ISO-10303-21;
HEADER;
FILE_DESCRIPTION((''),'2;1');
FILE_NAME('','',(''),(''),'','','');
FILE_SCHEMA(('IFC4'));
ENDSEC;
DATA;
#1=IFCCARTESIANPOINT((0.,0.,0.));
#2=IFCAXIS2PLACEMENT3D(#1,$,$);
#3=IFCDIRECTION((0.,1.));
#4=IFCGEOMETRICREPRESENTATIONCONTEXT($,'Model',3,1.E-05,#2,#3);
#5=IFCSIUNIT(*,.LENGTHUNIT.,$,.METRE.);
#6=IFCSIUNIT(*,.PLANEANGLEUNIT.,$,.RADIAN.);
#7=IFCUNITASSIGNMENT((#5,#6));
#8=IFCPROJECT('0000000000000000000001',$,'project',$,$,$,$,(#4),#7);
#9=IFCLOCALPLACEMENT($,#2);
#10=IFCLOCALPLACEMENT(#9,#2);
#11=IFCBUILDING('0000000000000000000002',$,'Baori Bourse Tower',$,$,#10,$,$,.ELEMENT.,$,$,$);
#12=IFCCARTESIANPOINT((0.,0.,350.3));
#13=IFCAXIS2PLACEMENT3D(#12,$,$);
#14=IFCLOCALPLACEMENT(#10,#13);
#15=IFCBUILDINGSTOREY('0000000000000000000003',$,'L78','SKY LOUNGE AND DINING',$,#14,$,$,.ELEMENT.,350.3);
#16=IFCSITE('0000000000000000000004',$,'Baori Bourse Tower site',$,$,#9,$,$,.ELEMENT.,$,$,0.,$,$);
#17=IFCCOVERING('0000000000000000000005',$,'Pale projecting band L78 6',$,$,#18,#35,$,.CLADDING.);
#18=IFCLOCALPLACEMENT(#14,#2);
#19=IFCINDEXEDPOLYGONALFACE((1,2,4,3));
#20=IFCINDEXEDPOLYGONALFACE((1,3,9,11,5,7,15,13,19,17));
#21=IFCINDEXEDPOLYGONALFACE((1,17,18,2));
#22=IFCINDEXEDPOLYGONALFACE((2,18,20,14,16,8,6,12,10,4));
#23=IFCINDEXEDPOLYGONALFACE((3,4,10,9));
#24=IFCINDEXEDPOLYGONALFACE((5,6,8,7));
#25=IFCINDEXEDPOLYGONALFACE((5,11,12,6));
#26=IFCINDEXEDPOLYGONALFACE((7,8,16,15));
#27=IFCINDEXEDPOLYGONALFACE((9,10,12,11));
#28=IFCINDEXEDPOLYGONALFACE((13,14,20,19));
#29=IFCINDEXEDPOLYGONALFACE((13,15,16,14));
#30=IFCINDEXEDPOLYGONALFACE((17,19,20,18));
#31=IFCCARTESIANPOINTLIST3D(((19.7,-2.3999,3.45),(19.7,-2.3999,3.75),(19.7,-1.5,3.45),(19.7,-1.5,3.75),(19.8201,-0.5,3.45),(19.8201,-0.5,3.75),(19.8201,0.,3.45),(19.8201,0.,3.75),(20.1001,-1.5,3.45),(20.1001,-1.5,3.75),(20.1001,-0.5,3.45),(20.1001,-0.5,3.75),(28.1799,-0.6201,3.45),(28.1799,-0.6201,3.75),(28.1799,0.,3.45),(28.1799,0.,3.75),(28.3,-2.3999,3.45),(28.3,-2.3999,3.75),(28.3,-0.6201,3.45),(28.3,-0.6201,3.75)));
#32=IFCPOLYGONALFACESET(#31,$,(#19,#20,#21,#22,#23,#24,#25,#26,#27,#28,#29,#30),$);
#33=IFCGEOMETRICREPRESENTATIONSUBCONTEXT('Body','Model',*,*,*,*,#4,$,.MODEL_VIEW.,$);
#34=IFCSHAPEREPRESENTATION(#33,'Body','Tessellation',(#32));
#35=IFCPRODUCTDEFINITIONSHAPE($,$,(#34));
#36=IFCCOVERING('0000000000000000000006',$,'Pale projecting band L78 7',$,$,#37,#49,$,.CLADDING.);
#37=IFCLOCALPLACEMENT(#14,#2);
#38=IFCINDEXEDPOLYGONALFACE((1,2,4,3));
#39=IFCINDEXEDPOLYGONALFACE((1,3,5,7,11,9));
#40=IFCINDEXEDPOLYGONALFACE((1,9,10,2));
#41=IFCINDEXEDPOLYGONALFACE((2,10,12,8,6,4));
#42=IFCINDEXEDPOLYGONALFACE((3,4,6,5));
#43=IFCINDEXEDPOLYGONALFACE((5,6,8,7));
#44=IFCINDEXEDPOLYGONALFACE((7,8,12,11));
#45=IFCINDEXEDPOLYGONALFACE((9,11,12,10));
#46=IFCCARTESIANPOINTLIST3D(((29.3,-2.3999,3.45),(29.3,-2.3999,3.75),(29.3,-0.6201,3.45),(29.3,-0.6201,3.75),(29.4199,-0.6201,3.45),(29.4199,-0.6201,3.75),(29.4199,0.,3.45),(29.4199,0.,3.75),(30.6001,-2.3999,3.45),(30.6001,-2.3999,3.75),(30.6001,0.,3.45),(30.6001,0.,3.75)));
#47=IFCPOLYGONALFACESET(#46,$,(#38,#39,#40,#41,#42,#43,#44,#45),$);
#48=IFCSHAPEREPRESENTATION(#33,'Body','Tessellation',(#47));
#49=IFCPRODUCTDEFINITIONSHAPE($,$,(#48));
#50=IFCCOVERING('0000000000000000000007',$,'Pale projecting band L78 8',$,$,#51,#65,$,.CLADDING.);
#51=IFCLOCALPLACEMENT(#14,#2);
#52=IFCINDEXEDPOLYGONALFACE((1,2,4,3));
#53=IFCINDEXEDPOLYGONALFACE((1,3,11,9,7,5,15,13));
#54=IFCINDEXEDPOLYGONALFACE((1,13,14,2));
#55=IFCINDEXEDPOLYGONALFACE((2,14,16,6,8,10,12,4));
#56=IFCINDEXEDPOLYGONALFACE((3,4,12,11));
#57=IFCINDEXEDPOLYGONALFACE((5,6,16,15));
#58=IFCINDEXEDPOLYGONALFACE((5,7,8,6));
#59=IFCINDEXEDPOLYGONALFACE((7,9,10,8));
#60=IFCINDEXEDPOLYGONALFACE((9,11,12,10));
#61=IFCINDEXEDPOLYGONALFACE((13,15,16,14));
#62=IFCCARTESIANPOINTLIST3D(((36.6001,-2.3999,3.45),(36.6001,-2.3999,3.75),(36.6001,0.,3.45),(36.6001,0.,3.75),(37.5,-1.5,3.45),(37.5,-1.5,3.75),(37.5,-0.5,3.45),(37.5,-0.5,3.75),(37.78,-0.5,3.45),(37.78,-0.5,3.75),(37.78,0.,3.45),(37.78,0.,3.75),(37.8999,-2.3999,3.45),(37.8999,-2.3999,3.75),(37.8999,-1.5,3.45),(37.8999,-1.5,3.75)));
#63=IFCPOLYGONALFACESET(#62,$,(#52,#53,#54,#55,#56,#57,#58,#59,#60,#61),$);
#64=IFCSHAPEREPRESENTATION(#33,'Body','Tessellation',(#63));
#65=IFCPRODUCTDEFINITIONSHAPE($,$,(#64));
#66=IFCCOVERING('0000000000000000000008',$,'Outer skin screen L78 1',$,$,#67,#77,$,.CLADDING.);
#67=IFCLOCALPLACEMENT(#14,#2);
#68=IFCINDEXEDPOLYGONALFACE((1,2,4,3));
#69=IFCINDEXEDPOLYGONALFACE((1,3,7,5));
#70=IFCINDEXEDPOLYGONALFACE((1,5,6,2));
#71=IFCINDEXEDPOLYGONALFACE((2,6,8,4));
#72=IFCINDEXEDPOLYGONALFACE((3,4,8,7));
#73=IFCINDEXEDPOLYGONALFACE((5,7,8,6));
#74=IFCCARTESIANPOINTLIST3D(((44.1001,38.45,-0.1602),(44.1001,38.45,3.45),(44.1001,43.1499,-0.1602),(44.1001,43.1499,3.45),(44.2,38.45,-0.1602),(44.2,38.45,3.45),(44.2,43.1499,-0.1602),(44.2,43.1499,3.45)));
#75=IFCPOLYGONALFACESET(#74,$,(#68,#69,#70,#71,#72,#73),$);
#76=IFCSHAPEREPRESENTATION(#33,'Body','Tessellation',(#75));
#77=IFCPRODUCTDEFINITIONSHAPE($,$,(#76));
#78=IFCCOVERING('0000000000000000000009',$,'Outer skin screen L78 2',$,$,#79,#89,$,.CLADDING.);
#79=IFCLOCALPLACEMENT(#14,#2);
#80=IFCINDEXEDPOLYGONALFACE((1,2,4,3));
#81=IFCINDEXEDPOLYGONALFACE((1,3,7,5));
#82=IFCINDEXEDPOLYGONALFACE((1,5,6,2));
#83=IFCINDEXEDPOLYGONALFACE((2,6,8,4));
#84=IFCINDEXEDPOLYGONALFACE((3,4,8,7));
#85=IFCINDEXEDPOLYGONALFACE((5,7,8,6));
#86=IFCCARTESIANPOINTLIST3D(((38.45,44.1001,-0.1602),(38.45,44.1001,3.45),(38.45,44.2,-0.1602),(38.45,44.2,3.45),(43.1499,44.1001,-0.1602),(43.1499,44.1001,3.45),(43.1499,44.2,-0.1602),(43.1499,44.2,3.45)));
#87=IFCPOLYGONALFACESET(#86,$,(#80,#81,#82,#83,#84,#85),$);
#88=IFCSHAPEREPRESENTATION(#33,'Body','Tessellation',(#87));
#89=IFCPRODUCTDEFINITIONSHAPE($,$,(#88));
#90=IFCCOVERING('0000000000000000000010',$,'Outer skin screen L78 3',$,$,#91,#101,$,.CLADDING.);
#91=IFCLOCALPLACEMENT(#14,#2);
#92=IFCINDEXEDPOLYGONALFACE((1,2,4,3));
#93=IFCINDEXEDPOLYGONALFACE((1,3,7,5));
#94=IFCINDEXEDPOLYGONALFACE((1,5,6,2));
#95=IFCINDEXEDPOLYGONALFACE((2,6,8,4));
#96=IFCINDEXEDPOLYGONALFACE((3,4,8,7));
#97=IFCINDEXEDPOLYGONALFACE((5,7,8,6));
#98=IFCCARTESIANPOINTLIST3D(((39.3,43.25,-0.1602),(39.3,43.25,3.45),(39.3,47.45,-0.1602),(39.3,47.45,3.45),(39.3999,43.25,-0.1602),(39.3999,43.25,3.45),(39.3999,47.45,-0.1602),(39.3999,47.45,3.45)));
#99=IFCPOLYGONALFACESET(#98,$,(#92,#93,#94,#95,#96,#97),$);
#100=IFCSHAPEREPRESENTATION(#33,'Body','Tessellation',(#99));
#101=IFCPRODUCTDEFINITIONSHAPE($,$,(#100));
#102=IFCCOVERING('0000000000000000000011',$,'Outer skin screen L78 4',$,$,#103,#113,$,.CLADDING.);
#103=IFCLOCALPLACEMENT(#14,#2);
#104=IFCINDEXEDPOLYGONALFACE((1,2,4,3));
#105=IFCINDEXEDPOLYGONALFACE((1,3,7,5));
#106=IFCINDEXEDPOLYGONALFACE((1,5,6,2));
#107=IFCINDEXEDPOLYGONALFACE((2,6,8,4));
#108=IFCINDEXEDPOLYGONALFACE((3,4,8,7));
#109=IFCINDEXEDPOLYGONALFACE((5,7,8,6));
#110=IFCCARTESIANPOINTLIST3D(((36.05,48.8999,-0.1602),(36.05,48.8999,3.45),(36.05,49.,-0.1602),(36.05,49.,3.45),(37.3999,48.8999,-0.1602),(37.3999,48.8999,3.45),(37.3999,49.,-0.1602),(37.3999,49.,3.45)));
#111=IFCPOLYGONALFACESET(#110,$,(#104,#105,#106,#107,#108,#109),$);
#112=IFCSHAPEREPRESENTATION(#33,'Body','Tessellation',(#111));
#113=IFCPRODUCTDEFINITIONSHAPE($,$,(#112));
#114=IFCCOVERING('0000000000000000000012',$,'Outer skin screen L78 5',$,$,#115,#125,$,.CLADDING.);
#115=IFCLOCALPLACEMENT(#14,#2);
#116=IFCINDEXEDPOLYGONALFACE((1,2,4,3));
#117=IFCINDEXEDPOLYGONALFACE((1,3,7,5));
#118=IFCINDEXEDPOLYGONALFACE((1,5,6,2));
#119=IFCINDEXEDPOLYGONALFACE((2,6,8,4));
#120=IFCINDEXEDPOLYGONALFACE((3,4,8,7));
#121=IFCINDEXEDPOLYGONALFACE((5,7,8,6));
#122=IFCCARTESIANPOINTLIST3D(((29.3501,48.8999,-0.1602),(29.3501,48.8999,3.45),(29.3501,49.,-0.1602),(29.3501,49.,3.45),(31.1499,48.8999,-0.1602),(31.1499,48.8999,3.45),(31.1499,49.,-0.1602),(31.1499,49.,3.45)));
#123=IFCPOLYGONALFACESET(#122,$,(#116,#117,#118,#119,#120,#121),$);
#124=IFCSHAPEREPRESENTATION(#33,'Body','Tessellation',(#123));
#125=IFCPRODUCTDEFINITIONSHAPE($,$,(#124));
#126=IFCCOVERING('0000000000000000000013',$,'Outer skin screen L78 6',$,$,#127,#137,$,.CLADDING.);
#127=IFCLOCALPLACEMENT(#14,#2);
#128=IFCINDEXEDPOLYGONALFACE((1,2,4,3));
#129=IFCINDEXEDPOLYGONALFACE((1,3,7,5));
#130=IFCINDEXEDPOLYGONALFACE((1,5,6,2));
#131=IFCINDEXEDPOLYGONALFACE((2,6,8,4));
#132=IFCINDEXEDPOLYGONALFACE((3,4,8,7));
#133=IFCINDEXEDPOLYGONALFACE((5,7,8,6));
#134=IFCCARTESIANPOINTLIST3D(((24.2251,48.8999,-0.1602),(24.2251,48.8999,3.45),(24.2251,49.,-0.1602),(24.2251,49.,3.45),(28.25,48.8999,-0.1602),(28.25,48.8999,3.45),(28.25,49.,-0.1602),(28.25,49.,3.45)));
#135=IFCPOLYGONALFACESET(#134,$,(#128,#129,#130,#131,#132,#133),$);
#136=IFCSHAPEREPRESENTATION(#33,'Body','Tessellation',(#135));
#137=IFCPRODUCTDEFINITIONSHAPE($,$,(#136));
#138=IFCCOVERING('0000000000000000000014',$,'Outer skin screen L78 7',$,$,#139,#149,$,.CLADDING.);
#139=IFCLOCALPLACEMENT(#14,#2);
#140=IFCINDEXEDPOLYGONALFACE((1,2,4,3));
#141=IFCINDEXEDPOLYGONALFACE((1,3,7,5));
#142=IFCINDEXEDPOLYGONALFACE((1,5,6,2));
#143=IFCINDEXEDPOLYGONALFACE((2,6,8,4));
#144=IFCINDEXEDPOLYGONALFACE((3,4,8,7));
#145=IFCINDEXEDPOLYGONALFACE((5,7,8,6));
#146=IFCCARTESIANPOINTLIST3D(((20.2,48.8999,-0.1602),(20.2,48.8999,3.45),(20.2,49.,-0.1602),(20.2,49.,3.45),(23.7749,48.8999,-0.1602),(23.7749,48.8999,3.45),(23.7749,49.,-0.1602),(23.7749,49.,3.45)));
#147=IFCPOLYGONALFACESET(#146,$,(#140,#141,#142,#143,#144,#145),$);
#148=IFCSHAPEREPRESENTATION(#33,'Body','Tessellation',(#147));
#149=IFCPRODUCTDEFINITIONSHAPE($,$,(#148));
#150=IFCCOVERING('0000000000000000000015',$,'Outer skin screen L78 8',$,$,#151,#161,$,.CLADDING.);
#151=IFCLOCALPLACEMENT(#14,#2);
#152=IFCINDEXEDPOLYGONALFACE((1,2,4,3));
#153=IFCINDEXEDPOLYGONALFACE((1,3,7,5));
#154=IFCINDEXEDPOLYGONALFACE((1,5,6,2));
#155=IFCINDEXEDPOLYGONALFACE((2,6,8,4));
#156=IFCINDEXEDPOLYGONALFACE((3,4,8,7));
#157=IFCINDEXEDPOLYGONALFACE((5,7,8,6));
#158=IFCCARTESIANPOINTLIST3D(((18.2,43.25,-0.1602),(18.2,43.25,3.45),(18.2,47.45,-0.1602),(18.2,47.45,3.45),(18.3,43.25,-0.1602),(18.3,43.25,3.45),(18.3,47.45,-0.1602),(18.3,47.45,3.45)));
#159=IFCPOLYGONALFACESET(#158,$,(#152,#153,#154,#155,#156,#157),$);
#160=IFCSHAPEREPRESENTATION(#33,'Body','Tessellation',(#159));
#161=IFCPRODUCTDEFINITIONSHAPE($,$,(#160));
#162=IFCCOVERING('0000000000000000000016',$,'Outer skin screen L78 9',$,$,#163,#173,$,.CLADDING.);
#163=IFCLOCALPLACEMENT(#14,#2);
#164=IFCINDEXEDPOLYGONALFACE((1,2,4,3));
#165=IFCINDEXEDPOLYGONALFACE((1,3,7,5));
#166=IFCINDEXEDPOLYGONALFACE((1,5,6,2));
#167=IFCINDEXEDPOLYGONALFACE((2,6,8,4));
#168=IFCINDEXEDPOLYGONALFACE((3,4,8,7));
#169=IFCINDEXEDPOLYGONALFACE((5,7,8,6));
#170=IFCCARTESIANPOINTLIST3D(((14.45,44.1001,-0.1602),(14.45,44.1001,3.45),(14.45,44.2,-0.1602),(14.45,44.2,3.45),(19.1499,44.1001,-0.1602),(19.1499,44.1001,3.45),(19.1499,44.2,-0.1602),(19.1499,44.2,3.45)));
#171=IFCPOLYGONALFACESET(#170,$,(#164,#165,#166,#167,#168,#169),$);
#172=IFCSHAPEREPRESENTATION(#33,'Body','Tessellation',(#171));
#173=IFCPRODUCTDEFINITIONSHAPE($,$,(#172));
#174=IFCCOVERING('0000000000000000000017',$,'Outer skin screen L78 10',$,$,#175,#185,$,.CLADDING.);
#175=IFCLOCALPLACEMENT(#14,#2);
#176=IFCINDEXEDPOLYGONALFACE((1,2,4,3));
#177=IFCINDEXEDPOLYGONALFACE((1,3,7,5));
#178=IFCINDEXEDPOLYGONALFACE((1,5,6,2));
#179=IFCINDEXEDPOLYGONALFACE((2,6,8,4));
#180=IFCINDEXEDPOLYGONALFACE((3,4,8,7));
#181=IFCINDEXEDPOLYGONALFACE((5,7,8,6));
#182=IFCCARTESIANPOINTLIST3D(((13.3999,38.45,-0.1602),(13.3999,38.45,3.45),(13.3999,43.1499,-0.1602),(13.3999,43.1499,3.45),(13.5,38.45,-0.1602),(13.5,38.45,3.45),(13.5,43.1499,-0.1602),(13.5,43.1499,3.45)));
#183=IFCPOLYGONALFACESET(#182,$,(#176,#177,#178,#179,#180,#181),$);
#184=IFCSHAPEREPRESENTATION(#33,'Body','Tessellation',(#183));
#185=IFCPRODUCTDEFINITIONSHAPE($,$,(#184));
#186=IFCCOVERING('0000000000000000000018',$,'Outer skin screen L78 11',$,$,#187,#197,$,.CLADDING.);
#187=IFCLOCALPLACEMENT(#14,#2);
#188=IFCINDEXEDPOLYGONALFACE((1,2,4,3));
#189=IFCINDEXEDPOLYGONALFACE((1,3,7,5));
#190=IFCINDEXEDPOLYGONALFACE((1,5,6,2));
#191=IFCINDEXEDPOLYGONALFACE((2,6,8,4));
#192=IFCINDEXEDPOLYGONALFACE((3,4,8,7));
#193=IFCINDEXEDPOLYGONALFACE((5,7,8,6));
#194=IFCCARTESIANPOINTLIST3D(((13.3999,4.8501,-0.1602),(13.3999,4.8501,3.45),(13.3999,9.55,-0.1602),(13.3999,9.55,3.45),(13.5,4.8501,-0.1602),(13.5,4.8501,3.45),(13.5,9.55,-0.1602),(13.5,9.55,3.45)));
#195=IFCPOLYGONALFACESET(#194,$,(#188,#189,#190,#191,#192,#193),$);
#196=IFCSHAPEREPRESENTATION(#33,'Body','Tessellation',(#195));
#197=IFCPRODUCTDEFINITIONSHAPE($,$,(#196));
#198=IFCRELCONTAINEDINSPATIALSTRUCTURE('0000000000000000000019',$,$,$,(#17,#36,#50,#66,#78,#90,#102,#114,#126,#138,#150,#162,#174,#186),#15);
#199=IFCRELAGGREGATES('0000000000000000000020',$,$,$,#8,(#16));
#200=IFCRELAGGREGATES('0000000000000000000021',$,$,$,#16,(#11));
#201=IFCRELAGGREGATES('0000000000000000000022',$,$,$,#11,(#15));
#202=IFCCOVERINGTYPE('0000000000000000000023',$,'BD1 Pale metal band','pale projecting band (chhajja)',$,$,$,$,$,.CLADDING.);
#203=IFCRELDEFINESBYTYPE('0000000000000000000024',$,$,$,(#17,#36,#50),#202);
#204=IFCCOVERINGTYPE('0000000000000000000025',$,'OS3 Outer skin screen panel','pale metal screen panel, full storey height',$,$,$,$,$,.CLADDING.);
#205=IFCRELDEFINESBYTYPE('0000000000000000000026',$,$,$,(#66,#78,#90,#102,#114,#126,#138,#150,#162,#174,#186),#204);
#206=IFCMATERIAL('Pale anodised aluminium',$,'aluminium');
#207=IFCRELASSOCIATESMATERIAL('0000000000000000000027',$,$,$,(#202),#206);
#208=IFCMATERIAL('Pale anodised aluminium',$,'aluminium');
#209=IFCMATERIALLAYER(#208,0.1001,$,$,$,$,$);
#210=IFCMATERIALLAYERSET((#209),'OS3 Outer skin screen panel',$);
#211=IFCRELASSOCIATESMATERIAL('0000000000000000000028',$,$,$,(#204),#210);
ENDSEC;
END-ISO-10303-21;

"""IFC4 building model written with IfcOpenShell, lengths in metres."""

from ifc_helpers import new_model, si_unit, direction, frame, origin, place, context, subcontext, project, spatial, polyline, outline, extrude, material, layer, layer_set, type_object, element, save


model = new_model("IFC4")

# Units and contexts
model_context = context("Model", 3, precision=1e-05, world=origin(), true_north=direction((0.0, 1.0)))
body_context = subcontext(model_context, "Body", "Model", "MODEL_VIEW")
ifc_project = project(units=[si_unit("LENGTHUNIT", "METRE"), si_unit("PLANEANGLEUNIT", "RADIAN")], contexts=[model_context])

# Site, building, storey
site_placement = place(None, origin())
site = spatial("IfcSite", under=ifc_project, at=site_placement, Name="Baori Bourse Tower site", CompositionType="ELEMENT", RefElevation=0.0)
building_placement = place(site_placement, origin())
building = spatial("IfcBuilding", under=site, at=building_placement, Name="Baori Bourse Tower", CompositionType="ELEMENT")
storey_placement = place(building_placement, frame((0.0, 0.0, 350.3)))
storey = spatial("IfcBuildingStorey", under=building, at=storey_placement, Name="L78", Description="SKY LOUNGE AND DINING", CompositionType="ELEMENT", Elevation=350.3)

# Coverings
ifc_material_1 = material(Name="Pale anodised aluminium", Category="aluminium")
covering_type_1 = type_object("IfcCoveringType", Name="BD1 Pale metal band", Description="pale projecting band (chhajja)", PredefinedType="CLADDING", material=ifc_material_1)
covering_1_placement = place(storey_placement, frame((0.0, 0.0, 3.45)))
element("IfcCovering", 1, at=covering_1_placement, inside=storey, type_object=covering_type_1, Name="Pale projecting band L78 6", PredefinedType="CLADDING", context=body_context, shape_type="SweptSolid", body=[
    extrude(outline(polyline([(28.1799, 0.0), (19.8201, 0.0), (19.8201, -0.5), (20.1001, -0.5), (20.1001, -1.5), (19.7, -1.5), (19.7, -2.3999), (28.3, -2.3999), (28.3, -0.6201), (28.1799, -0.6201), (28.1799, 0.0)])), origin(), (0.0, 0.0, 1.0), 0.3),
])
covering_2_placement = place(storey_placement, frame((0.0, 0.0, 3.45)))
element("IfcCovering", 2, at=covering_2_placement, inside=storey, type_object=covering_type_1, Name="Pale projecting band L78 7", PredefinedType="CLADDING", context=body_context, shape_type="SweptSolid", body=[
    extrude(outline(polyline([(30.6001, 0.0), (29.4199, 0.0), (29.4199, -0.6201), (29.3, -0.6201), (29.3, -2.3999), (30.6001, -2.3999), (30.6001, 0.0)])), origin(), (0.0, 0.0, 1.0), 0.3),
])
covering_3_placement = place(storey_placement, frame((0.0, 0.0, 3.45)))
element("IfcCovering", 3, at=covering_3_placement, inside=storey, type_object=covering_type_1, Name="Pale projecting band L78 8", PredefinedType="CLADDING", context=body_context, shape_type="SweptSolid", body=[
    extrude(outline(polyline([(37.78, 0.0), (36.6001, 0.0), (36.6001, -2.3999), (37.8999, -2.3999), (37.8999, -1.5), (37.5, -1.5), (37.5, -0.5), (37.78, -0.5), (37.78, 0.0)])), origin(), (0.0, 0.0, 1.0), 0.3),
])
ifc_material_2 = material(Name="Pale anodised aluminium", Category="aluminium")
ifc_layer_1 = layer(ifc_material_2, 0.1001)
ifc_layer_set_1 = layer_set([ifc_layer_1], Name="OS3 Outer skin screen panel")
covering_type_2 = type_object("IfcCoveringType", Name="OS3 Outer skin screen panel", Description="pale metal screen panel, full storey height", PredefinedType="CLADDING", material=ifc_layer_set_1)
covering_4_placement = place(storey_placement, frame((0.0, 0.0, -0.1602)))
element("IfcCovering", 4, at=covering_4_placement, inside=storey, type_object=covering_type_2, Name="Outer skin screen L78 1", PredefinedType="CLADDING", context=body_context, shape_type="SweptSolid", body=[
    extrude(outline(polyline([(44.1001, 43.1499), (44.1001, 38.45), (44.2, 38.45), (44.2, 43.1499), (44.1001, 43.1499)])), origin(), (0.0, 0.0, 1.0), 3.6101),
])
covering_5_placement = place(storey_placement, frame((0.0, 0.0, -0.1602)))
element("IfcCovering", 5, at=covering_5_placement, inside=storey, type_object=covering_type_2, Name="Outer skin screen L78 2", PredefinedType="CLADDING", context=body_context, shape_type="SweptSolid", body=[
    extrude(outline(polyline([(38.45, 44.1001), (43.1499, 44.1001), (43.1499, 44.2), (38.45, 44.2), (38.45, 44.1001)])), origin(), (0.0, 0.0, 1.0), 3.6101),
])
covering_6_placement = place(storey_placement, frame((0.0, 0.0, -0.1602)))
element("IfcCovering", 6, at=covering_6_placement, inside=storey, type_object=covering_type_2, Name="Outer skin screen L78 3", PredefinedType="CLADDING", context=body_context, shape_type="SweptSolid", body=[
    extrude(outline(polyline([(39.3, 47.45), (39.3, 43.25), (39.3999, 43.25), (39.3999, 47.45), (39.3, 47.45)])), origin(), (0.0, 0.0, 1.0), 3.6101),
])
covering_7_placement = place(storey_placement, frame((0.0, 0.0, -0.1602)))
element("IfcCovering", 7, at=covering_7_placement, inside=storey, type_object=covering_type_2, Name="Outer skin screen L78 4", PredefinedType="CLADDING", context=body_context, shape_type="SweptSolid", body=[
    extrude(outline(polyline([(36.05, 48.8999), (37.3999, 48.8999), (37.3999, 49.0), (36.05, 49.0), (36.05, 48.8999)])), origin(), (0.0, 0.0, 1.0), 3.6101),
])
covering_8_placement = place(storey_placement, frame((0.0, 0.0, -0.1602)))
element("IfcCovering", 8, at=covering_8_placement, inside=storey, type_object=covering_type_2, Name="Outer skin screen L78 5", PredefinedType="CLADDING", context=body_context, shape_type="SweptSolid", body=[
    extrude(outline(polyline([(29.3501, 48.8999), (31.1499, 48.8999), (31.1499, 49.0), (29.3501, 49.0), (29.3501, 48.8999)])), origin(), (0.0, 0.0, 1.0), 3.6101),
])
covering_9_placement = place(storey_placement, frame((0.0, 0.0, -0.1602)))
element("IfcCovering", 9, at=covering_9_placement, inside=storey, type_object=covering_type_2, Name="Outer skin screen L78 6", PredefinedType="CLADDING", context=body_context, shape_type="SweptSolid", body=[
    extrude(outline(polyline([(24.2251, 48.8999), (28.25, 48.8999), (28.25, 49.0), (24.2251, 49.0), (24.2251, 48.8999)])), origin(), (0.0, 0.0, 1.0), 3.6101),
])
covering_10_placement = place(storey_placement, frame((0.0, 0.0, -0.1602)))
element("IfcCovering", 10, at=covering_10_placement, inside=storey, type_object=covering_type_2, Name="Outer skin screen L78 7", PredefinedType="CLADDING", context=body_context, shape_type="SweptSolid", body=[
    extrude(outline(polyline([(20.2, 48.8999), (23.7749, 48.8999), (23.7749, 49.0), (20.2, 49.0), (20.2, 48.8999)])), origin(), (0.0, 0.0, 1.0), 3.6101),
])
covering_11_placement = place(storey_placement, frame((0.0, 0.0, -0.1602)))
element("IfcCovering", 11, at=covering_11_placement, inside=storey, type_object=covering_type_2, Name="Outer skin screen L78 8", PredefinedType="CLADDING", context=body_context, shape_type="SweptSolid", body=[
    extrude(outline(polyline([(18.3, 43.25), (18.3, 47.45), (18.2, 47.45), (18.2, 43.25), (18.3, 43.25)])), origin(), (0.0, 0.0, 1.0), 3.6101),
])
covering_12_placement = place(storey_placement, frame((0.0, 0.0, -0.1602)))
element("IfcCovering", 12, at=covering_12_placement, inside=storey, type_object=covering_type_2, Name="Outer skin screen L78 9", PredefinedType="CLADDING", context=body_context, shape_type="SweptSolid", body=[
    extrude(outline(polyline([(14.45, 44.1001), (19.1499, 44.1001), (19.1499, 44.2), (14.45, 44.2), (14.45, 44.1001)])), origin(), (0.0, 0.0, 1.0), 3.6101),
])
covering_13_placement = place(storey_placement, frame((0.0, 0.0, -0.1602)))
element("IfcCovering", 13, at=covering_13_placement, inside=storey, type_object=covering_type_2, Name="Outer skin screen L78 10", PredefinedType="CLADDING", context=body_context, shape_type="SweptSolid", body=[
    extrude(outline(polyline([(13.5, 38.45), (13.5, 43.1499), (13.3999, 43.1499), (13.3999, 38.45), (13.5, 38.45)])), origin(), (0.0, 0.0, 1.0), 3.6101),
])
covering_14_placement = place(storey_placement, frame((0.0, 0.0, -0.1602)))
element("IfcCovering", 14, at=covering_14_placement, inside=storey, type_object=covering_type_2, Name="Outer skin screen L78 11", PredefinedType="CLADDING", context=body_context, shape_type="SweptSolid", body=[
    extrude(outline(polyline([(13.5, 4.8501), (13.5, 9.55), (13.3999, 9.55), (13.3999, 4.8501), (13.5, 4.8501)])), origin(), (0.0, 0.0, 1.0), 3.6101),
])

save(model, "model.ifc")
